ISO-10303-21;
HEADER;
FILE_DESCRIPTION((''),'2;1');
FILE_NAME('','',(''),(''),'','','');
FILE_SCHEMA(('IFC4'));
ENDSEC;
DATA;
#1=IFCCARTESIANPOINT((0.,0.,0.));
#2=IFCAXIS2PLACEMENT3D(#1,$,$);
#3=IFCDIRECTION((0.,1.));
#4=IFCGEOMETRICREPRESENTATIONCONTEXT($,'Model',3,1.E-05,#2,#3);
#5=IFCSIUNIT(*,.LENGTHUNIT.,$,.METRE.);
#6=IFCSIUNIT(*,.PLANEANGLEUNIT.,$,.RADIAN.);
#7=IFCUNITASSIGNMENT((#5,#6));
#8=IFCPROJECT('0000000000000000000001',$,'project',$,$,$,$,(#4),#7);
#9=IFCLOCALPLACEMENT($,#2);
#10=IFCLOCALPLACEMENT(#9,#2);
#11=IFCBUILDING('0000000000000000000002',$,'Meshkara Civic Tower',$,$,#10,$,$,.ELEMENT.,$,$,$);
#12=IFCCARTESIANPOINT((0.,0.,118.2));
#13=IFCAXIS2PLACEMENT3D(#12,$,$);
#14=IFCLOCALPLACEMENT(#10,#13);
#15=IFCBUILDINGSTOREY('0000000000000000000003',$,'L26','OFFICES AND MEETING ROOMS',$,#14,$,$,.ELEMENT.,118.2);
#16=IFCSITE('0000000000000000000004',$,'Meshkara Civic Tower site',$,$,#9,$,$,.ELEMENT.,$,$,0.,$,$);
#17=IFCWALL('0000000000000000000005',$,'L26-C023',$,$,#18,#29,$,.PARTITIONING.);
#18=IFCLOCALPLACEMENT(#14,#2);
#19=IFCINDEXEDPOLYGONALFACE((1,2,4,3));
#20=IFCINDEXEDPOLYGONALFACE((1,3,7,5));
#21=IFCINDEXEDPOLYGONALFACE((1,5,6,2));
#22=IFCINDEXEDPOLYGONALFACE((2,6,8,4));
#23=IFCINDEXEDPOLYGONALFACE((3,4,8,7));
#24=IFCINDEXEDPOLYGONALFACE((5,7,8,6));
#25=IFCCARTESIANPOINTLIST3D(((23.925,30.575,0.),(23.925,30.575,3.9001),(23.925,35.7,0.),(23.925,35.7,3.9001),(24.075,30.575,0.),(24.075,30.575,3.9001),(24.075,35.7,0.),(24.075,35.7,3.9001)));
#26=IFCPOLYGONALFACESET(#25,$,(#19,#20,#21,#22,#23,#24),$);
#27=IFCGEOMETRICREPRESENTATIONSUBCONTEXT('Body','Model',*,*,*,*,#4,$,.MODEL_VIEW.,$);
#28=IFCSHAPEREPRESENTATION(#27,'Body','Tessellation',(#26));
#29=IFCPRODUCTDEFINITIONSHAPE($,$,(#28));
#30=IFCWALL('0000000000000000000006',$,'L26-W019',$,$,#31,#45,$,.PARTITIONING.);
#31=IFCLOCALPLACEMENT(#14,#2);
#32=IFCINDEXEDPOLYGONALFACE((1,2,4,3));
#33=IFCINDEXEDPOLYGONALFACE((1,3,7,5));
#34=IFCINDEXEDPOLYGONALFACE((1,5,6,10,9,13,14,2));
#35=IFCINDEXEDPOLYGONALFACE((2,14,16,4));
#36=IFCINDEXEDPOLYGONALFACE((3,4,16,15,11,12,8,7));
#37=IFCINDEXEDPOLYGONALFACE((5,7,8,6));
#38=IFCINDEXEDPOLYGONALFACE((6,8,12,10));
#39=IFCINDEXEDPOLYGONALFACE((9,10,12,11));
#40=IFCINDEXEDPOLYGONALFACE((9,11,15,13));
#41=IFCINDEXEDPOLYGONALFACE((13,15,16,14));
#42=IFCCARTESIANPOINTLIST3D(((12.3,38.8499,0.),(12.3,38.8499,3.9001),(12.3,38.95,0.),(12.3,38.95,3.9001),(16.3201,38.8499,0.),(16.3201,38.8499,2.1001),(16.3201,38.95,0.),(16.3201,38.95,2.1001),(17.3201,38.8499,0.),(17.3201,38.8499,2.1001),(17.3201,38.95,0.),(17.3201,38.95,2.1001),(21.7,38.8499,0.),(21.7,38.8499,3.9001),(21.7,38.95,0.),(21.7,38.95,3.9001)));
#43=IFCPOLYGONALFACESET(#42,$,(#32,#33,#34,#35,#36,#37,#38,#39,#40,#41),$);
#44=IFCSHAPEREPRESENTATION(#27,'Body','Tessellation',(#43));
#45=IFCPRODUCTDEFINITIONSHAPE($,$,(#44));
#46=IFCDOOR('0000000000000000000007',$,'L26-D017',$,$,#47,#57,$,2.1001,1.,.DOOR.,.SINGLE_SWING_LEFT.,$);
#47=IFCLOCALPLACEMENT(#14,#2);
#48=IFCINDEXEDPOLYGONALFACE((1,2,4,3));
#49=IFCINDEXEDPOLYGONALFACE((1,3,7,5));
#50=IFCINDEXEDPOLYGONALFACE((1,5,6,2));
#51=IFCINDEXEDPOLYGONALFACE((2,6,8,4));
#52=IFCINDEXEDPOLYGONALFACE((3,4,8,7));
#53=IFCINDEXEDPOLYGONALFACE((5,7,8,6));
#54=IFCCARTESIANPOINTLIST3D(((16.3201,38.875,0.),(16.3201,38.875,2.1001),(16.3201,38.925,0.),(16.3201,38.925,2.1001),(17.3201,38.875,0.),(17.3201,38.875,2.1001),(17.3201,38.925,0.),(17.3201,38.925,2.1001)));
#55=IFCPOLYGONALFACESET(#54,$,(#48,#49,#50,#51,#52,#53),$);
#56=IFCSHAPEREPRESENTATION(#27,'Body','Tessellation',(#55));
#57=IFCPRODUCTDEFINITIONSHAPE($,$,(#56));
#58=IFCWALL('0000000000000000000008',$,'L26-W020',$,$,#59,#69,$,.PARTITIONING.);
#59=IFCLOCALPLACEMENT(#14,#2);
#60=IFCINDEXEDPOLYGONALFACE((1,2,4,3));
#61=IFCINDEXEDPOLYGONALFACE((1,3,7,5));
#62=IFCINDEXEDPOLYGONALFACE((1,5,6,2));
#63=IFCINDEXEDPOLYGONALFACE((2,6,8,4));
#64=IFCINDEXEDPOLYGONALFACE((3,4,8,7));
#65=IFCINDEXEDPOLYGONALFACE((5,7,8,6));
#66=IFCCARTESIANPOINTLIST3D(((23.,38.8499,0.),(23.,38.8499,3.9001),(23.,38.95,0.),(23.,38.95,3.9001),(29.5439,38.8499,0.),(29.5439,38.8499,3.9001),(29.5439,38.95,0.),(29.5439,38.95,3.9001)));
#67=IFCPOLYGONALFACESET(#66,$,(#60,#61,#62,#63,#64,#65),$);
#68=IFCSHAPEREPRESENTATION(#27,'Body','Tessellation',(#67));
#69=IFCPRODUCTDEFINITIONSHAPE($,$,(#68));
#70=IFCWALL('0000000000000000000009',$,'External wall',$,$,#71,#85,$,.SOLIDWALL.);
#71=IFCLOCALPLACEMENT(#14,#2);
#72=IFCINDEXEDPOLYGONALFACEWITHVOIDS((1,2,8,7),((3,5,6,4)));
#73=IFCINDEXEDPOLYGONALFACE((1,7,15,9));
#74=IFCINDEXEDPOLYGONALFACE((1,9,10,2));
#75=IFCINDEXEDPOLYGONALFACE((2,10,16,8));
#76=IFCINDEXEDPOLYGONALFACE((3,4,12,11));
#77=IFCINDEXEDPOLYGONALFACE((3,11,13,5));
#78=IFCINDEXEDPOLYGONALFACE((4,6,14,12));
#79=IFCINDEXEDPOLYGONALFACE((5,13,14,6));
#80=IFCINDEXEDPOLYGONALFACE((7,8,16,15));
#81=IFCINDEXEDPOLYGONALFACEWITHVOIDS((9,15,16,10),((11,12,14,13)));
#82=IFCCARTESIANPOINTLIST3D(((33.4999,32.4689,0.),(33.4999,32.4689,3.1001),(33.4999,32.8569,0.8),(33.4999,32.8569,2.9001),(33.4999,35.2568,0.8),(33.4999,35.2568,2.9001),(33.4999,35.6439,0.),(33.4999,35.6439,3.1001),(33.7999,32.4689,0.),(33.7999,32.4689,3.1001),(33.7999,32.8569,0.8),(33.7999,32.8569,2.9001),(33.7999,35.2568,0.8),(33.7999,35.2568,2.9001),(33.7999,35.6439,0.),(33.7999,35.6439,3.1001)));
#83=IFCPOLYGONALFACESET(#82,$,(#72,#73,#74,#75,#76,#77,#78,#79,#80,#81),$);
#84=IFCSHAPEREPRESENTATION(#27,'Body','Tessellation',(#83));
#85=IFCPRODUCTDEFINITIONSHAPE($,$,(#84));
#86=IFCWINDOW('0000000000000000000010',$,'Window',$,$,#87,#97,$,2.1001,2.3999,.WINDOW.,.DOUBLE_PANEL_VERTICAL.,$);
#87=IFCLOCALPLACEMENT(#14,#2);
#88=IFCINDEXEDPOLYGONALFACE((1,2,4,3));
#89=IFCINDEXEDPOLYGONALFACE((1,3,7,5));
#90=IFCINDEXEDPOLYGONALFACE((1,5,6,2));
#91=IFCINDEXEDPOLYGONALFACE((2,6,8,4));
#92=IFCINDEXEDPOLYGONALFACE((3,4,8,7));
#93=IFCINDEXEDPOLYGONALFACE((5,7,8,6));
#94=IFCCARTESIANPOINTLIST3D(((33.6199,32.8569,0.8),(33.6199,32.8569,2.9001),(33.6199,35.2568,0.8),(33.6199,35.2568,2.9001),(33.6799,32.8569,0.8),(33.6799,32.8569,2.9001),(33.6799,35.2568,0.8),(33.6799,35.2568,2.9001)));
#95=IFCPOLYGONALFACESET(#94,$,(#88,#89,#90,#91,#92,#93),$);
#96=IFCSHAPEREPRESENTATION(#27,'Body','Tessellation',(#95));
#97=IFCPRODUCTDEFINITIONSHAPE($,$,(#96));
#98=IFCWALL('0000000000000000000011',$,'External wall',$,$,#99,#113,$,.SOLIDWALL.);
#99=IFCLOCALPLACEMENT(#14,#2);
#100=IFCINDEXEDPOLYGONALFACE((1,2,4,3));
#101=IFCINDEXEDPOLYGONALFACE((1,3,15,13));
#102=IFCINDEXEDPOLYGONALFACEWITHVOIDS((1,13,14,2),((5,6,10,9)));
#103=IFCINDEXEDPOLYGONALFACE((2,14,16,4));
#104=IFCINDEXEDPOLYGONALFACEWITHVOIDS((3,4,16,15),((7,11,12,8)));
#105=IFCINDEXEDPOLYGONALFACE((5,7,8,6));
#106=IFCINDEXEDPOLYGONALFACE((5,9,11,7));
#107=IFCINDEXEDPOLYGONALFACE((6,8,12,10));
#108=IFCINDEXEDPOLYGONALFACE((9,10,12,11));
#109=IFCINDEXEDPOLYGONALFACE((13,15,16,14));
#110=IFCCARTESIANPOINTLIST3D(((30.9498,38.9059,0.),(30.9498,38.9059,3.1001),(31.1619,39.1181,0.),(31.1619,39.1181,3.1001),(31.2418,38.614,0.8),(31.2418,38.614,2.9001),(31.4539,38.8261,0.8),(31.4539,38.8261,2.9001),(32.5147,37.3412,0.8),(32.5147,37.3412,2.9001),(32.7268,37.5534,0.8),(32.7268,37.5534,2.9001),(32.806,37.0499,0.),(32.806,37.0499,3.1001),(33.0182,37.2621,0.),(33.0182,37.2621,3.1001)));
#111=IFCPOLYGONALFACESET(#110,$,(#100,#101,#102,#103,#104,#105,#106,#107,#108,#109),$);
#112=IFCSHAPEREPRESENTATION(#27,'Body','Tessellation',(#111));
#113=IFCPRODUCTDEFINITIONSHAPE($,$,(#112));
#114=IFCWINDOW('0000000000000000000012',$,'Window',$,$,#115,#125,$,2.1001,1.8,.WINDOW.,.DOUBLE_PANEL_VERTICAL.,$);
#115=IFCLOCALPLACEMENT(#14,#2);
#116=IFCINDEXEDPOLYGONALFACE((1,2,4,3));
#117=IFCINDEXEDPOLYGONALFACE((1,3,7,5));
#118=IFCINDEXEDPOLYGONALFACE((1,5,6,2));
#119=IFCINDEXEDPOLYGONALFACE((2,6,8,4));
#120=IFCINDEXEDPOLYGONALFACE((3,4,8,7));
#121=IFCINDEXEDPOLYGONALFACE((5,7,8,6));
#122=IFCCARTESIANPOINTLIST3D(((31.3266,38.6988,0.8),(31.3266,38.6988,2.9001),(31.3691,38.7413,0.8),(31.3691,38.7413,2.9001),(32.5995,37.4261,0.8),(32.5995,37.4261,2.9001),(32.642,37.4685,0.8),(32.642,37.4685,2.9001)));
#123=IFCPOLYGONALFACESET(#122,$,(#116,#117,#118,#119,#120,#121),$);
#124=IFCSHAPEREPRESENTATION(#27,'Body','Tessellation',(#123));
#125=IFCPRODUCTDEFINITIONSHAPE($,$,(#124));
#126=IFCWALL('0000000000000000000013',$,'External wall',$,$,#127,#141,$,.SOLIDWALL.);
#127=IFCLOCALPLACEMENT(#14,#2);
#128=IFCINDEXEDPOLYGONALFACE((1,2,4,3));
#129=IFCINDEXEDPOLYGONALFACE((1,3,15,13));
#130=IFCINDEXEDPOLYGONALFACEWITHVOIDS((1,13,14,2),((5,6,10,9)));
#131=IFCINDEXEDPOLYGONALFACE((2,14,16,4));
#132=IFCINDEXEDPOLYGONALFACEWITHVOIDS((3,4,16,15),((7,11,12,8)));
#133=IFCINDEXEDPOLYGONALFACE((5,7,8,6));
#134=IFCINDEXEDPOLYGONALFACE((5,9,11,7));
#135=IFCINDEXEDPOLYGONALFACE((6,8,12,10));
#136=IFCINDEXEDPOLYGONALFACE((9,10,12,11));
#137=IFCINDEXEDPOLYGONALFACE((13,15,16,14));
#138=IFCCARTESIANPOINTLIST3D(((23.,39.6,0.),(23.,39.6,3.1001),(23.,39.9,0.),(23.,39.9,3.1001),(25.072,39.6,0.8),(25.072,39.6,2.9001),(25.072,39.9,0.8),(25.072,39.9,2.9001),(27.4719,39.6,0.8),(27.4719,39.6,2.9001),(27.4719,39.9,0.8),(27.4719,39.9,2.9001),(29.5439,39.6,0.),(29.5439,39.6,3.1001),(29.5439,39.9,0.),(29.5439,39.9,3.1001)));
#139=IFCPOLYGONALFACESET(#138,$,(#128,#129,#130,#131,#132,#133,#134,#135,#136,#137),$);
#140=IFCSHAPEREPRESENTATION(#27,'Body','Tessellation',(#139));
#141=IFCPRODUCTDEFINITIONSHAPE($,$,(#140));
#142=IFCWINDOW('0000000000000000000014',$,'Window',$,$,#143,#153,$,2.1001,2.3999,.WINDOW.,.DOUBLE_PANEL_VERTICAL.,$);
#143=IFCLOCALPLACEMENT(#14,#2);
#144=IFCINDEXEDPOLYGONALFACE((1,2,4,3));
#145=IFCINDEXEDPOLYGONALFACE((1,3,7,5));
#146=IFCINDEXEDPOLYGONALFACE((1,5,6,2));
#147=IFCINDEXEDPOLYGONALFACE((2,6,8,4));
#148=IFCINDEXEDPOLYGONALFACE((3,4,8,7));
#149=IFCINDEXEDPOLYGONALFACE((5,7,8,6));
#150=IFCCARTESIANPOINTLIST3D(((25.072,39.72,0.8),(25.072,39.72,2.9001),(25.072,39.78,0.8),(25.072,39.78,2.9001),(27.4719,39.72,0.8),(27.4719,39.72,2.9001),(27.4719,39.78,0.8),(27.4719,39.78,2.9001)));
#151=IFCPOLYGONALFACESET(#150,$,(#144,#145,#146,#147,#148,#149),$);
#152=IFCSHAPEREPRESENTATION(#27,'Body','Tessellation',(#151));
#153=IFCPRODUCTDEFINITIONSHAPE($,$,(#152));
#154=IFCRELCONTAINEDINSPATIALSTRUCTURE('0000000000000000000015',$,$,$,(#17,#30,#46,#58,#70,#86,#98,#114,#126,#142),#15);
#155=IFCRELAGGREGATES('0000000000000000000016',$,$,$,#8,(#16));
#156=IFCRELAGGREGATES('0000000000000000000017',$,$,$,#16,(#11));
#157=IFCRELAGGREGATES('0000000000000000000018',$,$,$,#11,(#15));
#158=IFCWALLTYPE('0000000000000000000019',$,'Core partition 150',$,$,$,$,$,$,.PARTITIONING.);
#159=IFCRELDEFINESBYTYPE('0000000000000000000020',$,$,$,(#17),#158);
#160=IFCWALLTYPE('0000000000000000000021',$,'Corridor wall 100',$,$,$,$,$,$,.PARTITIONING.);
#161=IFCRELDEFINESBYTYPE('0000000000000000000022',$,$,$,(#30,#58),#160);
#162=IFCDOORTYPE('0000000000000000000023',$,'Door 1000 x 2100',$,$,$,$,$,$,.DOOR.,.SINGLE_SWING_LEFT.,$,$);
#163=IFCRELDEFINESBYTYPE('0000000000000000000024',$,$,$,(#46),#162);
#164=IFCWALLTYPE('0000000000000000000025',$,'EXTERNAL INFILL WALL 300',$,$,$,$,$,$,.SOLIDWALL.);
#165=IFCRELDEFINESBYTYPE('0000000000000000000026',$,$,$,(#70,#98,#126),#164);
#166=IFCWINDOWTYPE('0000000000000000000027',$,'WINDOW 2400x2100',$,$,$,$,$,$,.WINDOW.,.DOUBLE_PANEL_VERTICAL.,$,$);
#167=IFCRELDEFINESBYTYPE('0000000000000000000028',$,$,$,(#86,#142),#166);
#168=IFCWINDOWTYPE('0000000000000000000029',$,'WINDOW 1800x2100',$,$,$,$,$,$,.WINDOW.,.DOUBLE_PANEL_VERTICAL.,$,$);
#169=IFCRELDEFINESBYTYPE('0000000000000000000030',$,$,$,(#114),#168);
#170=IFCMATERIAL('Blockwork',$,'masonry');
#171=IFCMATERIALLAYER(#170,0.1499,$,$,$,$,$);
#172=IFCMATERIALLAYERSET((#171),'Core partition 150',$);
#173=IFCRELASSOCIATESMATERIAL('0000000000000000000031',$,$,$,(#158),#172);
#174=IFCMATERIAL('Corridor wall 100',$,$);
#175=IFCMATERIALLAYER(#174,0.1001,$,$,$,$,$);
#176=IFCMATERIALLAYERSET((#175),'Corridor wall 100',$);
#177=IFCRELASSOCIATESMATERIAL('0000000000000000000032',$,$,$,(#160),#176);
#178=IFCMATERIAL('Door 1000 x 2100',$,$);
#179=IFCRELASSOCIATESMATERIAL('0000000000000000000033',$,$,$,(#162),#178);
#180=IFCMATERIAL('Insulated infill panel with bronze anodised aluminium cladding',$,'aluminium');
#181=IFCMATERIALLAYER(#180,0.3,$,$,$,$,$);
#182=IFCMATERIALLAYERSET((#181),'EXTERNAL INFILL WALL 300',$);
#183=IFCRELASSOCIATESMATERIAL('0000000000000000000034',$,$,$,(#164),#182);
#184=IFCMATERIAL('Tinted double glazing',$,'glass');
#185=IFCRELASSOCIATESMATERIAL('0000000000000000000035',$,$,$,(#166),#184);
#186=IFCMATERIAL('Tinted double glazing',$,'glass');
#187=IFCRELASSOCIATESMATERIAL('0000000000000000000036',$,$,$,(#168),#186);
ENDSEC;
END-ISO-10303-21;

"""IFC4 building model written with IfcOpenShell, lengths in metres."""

from ifc_helpers import new_model, si_unit, direction, frame, frame_2d, origin, place, context, subcontext, project, spatial, rectangle, extrude, material, layer, layer_set, type_object, element, fill, save


model = new_model("IFC4")

# Units and contexts
model_context = context("Model", 3, precision=1e-05, world=origin(), true_north=direction((0.0, 1.0)))
body_context = subcontext(model_context, "Body", "Model", "MODEL_VIEW")
ifc_project = project(units=[si_unit("LENGTHUNIT", "METRE"), si_unit("PLANEANGLEUNIT", "RADIAN")], contexts=[model_context])

# Site, building, storey
site_placement = place(None, origin())
site = spatial("IfcSite", under=ifc_project, at=site_placement, Name="Meshkara Civic Tower site", CompositionType="ELEMENT", RefElevation=0.0)
building_placement = place(site_placement, origin())
building = spatial("IfcBuilding", under=site, at=building_placement, Name="Meshkara Civic Tower", CompositionType="ELEMENT")
storey_placement = place(building_placement, frame((0.0, 0.0, 118.2)))
storey = spatial("IfcBuildingStorey", under=building, at=storey_placement, Name="L26", Description="OFFICES AND MEETING ROOMS", CompositionType="ELEMENT", Elevation=118.2)

# Shared definitions
ifc_material_1 = material(Name="Blockwork", Category="masonry")
ifc_layer_1 = layer(ifc_material_1, 0.1499)
ifc_layer_set_1 = layer_set([ifc_layer_1], Name="Core partition 150")
wall_type_1 = type_object("IfcWallType", Name="Core partition 150", PredefinedType="PARTITIONING", material=ifc_layer_set_1)

# Wall
for number, where, z_axis, x_axis, name in (
    (1, (24.0, 30.575, 0.0), (0.0, 0.0, 1.0), (0.0, 1.0, 0.0), "L26-C023"),
):
    element("IfcWall", number, at=place(storey_placement, frame(where, z_axis=z_axis, x_axis=x_axis)), inside=storey, type_object=wall_type_1, Name=name, PredefinedType="PARTITIONING", context=body_context, shape_type="SweptSolid", body=[
        extrude(rectangle(XDim=5.125, YDim=0.1499, at=frame_2d((2.5625, 0.0))), origin(), (0.0, 0.0, 1.0), 3.9001),
    ])

# Wall, opening, door
ifc_material_2 = material(Name="Corridor wall 100")
ifc_layer_2 = layer(ifc_material_2, 0.1001)
ifc_layer_set_2 = layer_set([ifc_layer_2], Name="Corridor wall 100")
wall_type_2 = type_object("IfcWallType", Name="Corridor wall 100", PredefinedType="PARTITIONING", material=ifc_layer_set_2)
wall_1_placement = place(storey_placement, frame((21.7, 38.8999, 0.0), z_axis=(0.0, 0.0, 1.0), x_axis=(-1.0, 0.0, 0.0)))
wall_1 = element("IfcWall", 2, at=wall_1_placement, inside=storey, type_object=wall_type_2, Name="L26-W019", PredefinedType="PARTITIONING", context=body_context, shape_type="SweptSolid", body=[
    extrude(rectangle(XDim=9.3999, YDim=0.1001, at=frame_2d((4.7, 0.0))), origin(), (0.0, 0.0, 1.0), 3.9001),
])
opening_1_placement = place(wall_1_placement, frame((4.3799, 0.0, 0.0)))
opening_1 = element("IfcOpeningElement", 3, at=opening_1_placement, cuts=wall_1, PredefinedType="OPENING", context=body_context, shape_type="SweptSolid", body=[
    extrude(rectangle(XDim=1.0, YDim=2.1001, at=frame_2d((0.5, 1.05))), frame((0.0, 0.0601, 0.0), z_axis=(0.0, -1.0, 0.0), x_axis=(1.0, 0.0, 0.0)), (0.0, 0.0, 1.0), 0.1201),
])
ifc_material_3 = material(Name="Door 1000 x 2100")
door_type_1 = type_object("IfcDoorType", Name="Door 1000 x 2100", OperationType="SINGLE_SWING_LEFT", PredefinedType="DOOR", material=ifc_material_3)
door_1_placement = place(opening_1_placement, origin())
door_1 = element("IfcDoor", 4, at=door_1_placement, inside=storey, type_object=door_type_1, Name="L26-D017", OperationType="SINGLE_SWING_LEFT", OverallHeight=2.1001, OverallWidth=1.0, PredefinedType="DOOR", context=body_context, shape_type="SweptSolid", body=[
    extrude(rectangle(XDim=1.0, YDim=2.1001, at=frame_2d((0.5, 1.05))), frame((0.0, 0.0249, 0.0), z_axis=(0.0, -1.0, 0.0), x_axis=(1.0, 0.0, 0.0)), (0.0, 0.0, 1.0), 0.05),
])
fill(opening_1, door_1)

# Wall
wall_2_placement = place(storey_placement, frame((29.5439, 38.8999, 0.0), z_axis=(0.0, 0.0, 1.0), x_axis=(-1.0, 0.0, 0.0)))
element("IfcWall", 5, at=wall_2_placement, inside=storey, type_object=wall_type_2, Name="L26-W020", PredefinedType="PARTITIONING", context=body_context, shape_type="SweptSolid", body=[
    extrude(rectangle(XDim=6.5439, YDim=0.1001, at=frame_2d((3.272, 0.0))), origin(), (0.0, 0.0, 1.0), 3.9001),
])

# Walls, openings, windows
ifc_material_4 = material(Name="Insulated infill panel with bronze anodised aluminium cladding", Category="aluminium")
ifc_layer_3 = layer(ifc_material_4, 0.3)
ifc_layer_set_3 = layer_set([ifc_layer_3], Name="EXTERNAL INFILL WALL 300")
wall_type_3 = type_object("IfcWallType", Name="EXTERNAL INFILL WALL 300", PredefinedType="SOLIDWALL", material=ifc_layer_set_3)
wall_3_placement = place(storey_placement, frame((33.6499, 32.469, 0.0), z_axis=(0.0, 0.0, 1.0), x_axis=(0.0, 1.0, 0.0)))
wall_3 = element("IfcWall", 6, at=wall_3_placement, inside=storey, type_object=wall_type_3, Name="External wall", PredefinedType="SOLIDWALL", context=body_context, shape_type="SweptSolid", body=[
    extrude(rectangle(XDim=3.175, YDim=0.3, at=frame_2d((1.5874, 0.0))), origin(), (0.0, 0.0, 1.0), 3.1001),
])
opening_2_placement = place(wall_3_placement, frame((0.3879, 0.0, 0.8)))
opening_2 = element("IfcOpeningElement", 7, at=opening_2_placement, cuts=wall_3, PredefinedType="OPENING", context=body_context, shape_type="SweptSolid", body=[
    extrude(rectangle(XDim=2.3999, YDim=2.1001, at=frame_2d((1.2, 1.05))), frame((0.0, 0.1599, 0.0), z_axis=(0.0, -1.0, 0.0), x_axis=(1.0, 0.0, 0.0)), (0.0, 0.0, 1.0), 0.3201),
])
ifc_material_5 = material(Name="Tinted double glazing", Category="glass")
window_type_1 = type_object("IfcWindowType", Name="WINDOW 2400x2100", PartitioningType="DOUBLE_PANEL_VERTICAL", PredefinedType="WINDOW", material=ifc_material_5)
window_1_placement = place(opening_2_placement, origin())
window_1 = element("IfcWindow", 8, at=window_1_placement, inside=storey, type_object=window_type_1, Name="Window", OverallHeight=2.1001, OverallWidth=2.3999, PartitioningType="DOUBLE_PANEL_VERTICAL", PredefinedType="WINDOW", context=body_context, shape_type="SweptSolid", body=[
    extrude(rectangle(XDim=2.3999, YDim=2.1001, at=frame_2d((1.2, 1.05))), frame((0.0, 0.03, 0.0), z_axis=(0.0, -1.0, 0.0), x_axis=(1.0, 0.0, 0.0)), (0.0, 0.0, 1.0), 0.0601),
])
fill(opening_2, window_1)
wall_4_placement = place(storey_placement, frame((32.9121, 37.156, 0.0), z_axis=(0.0, 0.0, 1.0), x_axis=(-0.707153, 0.70706, 0.0)))
wall_4 = element("IfcWall", 9, at=wall_4_placement, inside=storey, type_object=wall_type_3, Name="External wall", PredefinedType="SOLIDWALL", context=body_context, shape_type="SweptSolid", body=[
    extrude(rectangle(XDim=2.625, YDim=0.3, at=frame_2d((1.3125, 0.0))), origin(), (0.0, 0.0, 1.0), 3.1001),
])
opening_3_placement = place(wall_4_placement, frame((0.4121, 0.0, 0.8)))
opening_3 = element("IfcOpeningElement", 10, at=opening_3_placement, cuts=wall_4, PredefinedType="OPENING", context=body_context, shape_type="SweptSolid", body=[
    extrude(rectangle(XDim=1.8, YDim=2.1001, at=frame_2d((0.8999, 1.05))), frame((0.0, 0.1599, 0.0), z_axis=(0.0, -1.0, 0.0), x_axis=(1.0, 0.0, 0.0)), (0.0, 0.0, 1.0), 0.3201),
])
ifc_material_6 = material(Name="Tinted double glazing", Category="glass")
window_type_2 = type_object("IfcWindowType", Name="WINDOW 1800x2100", PartitioningType="DOUBLE_PANEL_VERTICAL", PredefinedType="WINDOW", material=ifc_material_6)
window_2_placement = place(opening_3_placement, origin())
window_2 = element("IfcWindow", 11, at=window_2_placement, inside=storey, type_object=window_type_2, Name="Window", OverallHeight=2.1001, OverallWidth=1.8, PartitioningType="DOUBLE_PANEL_VERTICAL", PredefinedType="WINDOW", context=body_context, shape_type="SweptSolid", body=[
    extrude(rectangle(XDim=1.8, YDim=2.1001, at=frame_2d((0.8999, 1.05))), frame((0.0, 0.03, 0.0), z_axis=(0.0, -1.0, 0.0), x_axis=(1.0, 0.0, 0.0)), (0.0, 0.0, 1.0), 0.0601),
])
fill(opening_3, window_2)
wall_5_placement = place(storey_placement, frame((29.5439, 39.75, 0.0), z_axis=(0.0, 0.0, 1.0), x_axis=(-1.0, 0.0, 0.0)))
wall_5 = element("IfcWall", 12, at=wall_5_placement, inside=storey, type_object=wall_type_3, Name="External wall", PredefinedType="SOLIDWALL", context=body_context, shape_type="SweptSolid", body=[
    extrude(rectangle(XDim=6.5439, YDim=0.3, at=frame_2d((3.272, 0.0))), origin(), (0.0, 0.0, 1.0), 3.1001),
])
opening_4_placement = place(wall_5_placement, frame((2.072, 0.0, 0.8)))
opening_4 = element("IfcOpeningElement", 13, at=opening_4_placement, cuts=wall_5, PredefinedType="OPENING", context=body_context, shape_type="SweptSolid", body=[
    extrude(rectangle(XDim=2.3999, YDim=2.1001, at=frame_2d((1.2, 1.05))), frame((0.0, 0.1599, 0.0), z_axis=(0.0, -1.0, 0.0), x_axis=(1.0, 0.0, 0.0)), (0.0, 0.0, 1.0), 0.3201),
])
window_3_placement = place(opening_4_placement, origin())
window_3 = element("IfcWindow", 14, at=window_3_placement, inside=storey, type_object=window_type_1, Name="Window", OverallHeight=2.1001, OverallWidth=2.3999, PartitioningType="DOUBLE_PANEL_VERTICAL", PredefinedType="WINDOW", context=body_context, shape_type="SweptSolid", body=[
    extrude(rectangle(XDim=2.3999, YDim=2.1001, at=frame_2d((1.2, 1.05))), frame((0.0, 0.03, 0.0), z_axis=(0.0, -1.0, 0.0), x_axis=(1.0, 0.0, 0.0)), (0.0, 0.0, 1.0), 0.0601),
])
fill(opening_4, window_3)

save(model, "model.ifc")
